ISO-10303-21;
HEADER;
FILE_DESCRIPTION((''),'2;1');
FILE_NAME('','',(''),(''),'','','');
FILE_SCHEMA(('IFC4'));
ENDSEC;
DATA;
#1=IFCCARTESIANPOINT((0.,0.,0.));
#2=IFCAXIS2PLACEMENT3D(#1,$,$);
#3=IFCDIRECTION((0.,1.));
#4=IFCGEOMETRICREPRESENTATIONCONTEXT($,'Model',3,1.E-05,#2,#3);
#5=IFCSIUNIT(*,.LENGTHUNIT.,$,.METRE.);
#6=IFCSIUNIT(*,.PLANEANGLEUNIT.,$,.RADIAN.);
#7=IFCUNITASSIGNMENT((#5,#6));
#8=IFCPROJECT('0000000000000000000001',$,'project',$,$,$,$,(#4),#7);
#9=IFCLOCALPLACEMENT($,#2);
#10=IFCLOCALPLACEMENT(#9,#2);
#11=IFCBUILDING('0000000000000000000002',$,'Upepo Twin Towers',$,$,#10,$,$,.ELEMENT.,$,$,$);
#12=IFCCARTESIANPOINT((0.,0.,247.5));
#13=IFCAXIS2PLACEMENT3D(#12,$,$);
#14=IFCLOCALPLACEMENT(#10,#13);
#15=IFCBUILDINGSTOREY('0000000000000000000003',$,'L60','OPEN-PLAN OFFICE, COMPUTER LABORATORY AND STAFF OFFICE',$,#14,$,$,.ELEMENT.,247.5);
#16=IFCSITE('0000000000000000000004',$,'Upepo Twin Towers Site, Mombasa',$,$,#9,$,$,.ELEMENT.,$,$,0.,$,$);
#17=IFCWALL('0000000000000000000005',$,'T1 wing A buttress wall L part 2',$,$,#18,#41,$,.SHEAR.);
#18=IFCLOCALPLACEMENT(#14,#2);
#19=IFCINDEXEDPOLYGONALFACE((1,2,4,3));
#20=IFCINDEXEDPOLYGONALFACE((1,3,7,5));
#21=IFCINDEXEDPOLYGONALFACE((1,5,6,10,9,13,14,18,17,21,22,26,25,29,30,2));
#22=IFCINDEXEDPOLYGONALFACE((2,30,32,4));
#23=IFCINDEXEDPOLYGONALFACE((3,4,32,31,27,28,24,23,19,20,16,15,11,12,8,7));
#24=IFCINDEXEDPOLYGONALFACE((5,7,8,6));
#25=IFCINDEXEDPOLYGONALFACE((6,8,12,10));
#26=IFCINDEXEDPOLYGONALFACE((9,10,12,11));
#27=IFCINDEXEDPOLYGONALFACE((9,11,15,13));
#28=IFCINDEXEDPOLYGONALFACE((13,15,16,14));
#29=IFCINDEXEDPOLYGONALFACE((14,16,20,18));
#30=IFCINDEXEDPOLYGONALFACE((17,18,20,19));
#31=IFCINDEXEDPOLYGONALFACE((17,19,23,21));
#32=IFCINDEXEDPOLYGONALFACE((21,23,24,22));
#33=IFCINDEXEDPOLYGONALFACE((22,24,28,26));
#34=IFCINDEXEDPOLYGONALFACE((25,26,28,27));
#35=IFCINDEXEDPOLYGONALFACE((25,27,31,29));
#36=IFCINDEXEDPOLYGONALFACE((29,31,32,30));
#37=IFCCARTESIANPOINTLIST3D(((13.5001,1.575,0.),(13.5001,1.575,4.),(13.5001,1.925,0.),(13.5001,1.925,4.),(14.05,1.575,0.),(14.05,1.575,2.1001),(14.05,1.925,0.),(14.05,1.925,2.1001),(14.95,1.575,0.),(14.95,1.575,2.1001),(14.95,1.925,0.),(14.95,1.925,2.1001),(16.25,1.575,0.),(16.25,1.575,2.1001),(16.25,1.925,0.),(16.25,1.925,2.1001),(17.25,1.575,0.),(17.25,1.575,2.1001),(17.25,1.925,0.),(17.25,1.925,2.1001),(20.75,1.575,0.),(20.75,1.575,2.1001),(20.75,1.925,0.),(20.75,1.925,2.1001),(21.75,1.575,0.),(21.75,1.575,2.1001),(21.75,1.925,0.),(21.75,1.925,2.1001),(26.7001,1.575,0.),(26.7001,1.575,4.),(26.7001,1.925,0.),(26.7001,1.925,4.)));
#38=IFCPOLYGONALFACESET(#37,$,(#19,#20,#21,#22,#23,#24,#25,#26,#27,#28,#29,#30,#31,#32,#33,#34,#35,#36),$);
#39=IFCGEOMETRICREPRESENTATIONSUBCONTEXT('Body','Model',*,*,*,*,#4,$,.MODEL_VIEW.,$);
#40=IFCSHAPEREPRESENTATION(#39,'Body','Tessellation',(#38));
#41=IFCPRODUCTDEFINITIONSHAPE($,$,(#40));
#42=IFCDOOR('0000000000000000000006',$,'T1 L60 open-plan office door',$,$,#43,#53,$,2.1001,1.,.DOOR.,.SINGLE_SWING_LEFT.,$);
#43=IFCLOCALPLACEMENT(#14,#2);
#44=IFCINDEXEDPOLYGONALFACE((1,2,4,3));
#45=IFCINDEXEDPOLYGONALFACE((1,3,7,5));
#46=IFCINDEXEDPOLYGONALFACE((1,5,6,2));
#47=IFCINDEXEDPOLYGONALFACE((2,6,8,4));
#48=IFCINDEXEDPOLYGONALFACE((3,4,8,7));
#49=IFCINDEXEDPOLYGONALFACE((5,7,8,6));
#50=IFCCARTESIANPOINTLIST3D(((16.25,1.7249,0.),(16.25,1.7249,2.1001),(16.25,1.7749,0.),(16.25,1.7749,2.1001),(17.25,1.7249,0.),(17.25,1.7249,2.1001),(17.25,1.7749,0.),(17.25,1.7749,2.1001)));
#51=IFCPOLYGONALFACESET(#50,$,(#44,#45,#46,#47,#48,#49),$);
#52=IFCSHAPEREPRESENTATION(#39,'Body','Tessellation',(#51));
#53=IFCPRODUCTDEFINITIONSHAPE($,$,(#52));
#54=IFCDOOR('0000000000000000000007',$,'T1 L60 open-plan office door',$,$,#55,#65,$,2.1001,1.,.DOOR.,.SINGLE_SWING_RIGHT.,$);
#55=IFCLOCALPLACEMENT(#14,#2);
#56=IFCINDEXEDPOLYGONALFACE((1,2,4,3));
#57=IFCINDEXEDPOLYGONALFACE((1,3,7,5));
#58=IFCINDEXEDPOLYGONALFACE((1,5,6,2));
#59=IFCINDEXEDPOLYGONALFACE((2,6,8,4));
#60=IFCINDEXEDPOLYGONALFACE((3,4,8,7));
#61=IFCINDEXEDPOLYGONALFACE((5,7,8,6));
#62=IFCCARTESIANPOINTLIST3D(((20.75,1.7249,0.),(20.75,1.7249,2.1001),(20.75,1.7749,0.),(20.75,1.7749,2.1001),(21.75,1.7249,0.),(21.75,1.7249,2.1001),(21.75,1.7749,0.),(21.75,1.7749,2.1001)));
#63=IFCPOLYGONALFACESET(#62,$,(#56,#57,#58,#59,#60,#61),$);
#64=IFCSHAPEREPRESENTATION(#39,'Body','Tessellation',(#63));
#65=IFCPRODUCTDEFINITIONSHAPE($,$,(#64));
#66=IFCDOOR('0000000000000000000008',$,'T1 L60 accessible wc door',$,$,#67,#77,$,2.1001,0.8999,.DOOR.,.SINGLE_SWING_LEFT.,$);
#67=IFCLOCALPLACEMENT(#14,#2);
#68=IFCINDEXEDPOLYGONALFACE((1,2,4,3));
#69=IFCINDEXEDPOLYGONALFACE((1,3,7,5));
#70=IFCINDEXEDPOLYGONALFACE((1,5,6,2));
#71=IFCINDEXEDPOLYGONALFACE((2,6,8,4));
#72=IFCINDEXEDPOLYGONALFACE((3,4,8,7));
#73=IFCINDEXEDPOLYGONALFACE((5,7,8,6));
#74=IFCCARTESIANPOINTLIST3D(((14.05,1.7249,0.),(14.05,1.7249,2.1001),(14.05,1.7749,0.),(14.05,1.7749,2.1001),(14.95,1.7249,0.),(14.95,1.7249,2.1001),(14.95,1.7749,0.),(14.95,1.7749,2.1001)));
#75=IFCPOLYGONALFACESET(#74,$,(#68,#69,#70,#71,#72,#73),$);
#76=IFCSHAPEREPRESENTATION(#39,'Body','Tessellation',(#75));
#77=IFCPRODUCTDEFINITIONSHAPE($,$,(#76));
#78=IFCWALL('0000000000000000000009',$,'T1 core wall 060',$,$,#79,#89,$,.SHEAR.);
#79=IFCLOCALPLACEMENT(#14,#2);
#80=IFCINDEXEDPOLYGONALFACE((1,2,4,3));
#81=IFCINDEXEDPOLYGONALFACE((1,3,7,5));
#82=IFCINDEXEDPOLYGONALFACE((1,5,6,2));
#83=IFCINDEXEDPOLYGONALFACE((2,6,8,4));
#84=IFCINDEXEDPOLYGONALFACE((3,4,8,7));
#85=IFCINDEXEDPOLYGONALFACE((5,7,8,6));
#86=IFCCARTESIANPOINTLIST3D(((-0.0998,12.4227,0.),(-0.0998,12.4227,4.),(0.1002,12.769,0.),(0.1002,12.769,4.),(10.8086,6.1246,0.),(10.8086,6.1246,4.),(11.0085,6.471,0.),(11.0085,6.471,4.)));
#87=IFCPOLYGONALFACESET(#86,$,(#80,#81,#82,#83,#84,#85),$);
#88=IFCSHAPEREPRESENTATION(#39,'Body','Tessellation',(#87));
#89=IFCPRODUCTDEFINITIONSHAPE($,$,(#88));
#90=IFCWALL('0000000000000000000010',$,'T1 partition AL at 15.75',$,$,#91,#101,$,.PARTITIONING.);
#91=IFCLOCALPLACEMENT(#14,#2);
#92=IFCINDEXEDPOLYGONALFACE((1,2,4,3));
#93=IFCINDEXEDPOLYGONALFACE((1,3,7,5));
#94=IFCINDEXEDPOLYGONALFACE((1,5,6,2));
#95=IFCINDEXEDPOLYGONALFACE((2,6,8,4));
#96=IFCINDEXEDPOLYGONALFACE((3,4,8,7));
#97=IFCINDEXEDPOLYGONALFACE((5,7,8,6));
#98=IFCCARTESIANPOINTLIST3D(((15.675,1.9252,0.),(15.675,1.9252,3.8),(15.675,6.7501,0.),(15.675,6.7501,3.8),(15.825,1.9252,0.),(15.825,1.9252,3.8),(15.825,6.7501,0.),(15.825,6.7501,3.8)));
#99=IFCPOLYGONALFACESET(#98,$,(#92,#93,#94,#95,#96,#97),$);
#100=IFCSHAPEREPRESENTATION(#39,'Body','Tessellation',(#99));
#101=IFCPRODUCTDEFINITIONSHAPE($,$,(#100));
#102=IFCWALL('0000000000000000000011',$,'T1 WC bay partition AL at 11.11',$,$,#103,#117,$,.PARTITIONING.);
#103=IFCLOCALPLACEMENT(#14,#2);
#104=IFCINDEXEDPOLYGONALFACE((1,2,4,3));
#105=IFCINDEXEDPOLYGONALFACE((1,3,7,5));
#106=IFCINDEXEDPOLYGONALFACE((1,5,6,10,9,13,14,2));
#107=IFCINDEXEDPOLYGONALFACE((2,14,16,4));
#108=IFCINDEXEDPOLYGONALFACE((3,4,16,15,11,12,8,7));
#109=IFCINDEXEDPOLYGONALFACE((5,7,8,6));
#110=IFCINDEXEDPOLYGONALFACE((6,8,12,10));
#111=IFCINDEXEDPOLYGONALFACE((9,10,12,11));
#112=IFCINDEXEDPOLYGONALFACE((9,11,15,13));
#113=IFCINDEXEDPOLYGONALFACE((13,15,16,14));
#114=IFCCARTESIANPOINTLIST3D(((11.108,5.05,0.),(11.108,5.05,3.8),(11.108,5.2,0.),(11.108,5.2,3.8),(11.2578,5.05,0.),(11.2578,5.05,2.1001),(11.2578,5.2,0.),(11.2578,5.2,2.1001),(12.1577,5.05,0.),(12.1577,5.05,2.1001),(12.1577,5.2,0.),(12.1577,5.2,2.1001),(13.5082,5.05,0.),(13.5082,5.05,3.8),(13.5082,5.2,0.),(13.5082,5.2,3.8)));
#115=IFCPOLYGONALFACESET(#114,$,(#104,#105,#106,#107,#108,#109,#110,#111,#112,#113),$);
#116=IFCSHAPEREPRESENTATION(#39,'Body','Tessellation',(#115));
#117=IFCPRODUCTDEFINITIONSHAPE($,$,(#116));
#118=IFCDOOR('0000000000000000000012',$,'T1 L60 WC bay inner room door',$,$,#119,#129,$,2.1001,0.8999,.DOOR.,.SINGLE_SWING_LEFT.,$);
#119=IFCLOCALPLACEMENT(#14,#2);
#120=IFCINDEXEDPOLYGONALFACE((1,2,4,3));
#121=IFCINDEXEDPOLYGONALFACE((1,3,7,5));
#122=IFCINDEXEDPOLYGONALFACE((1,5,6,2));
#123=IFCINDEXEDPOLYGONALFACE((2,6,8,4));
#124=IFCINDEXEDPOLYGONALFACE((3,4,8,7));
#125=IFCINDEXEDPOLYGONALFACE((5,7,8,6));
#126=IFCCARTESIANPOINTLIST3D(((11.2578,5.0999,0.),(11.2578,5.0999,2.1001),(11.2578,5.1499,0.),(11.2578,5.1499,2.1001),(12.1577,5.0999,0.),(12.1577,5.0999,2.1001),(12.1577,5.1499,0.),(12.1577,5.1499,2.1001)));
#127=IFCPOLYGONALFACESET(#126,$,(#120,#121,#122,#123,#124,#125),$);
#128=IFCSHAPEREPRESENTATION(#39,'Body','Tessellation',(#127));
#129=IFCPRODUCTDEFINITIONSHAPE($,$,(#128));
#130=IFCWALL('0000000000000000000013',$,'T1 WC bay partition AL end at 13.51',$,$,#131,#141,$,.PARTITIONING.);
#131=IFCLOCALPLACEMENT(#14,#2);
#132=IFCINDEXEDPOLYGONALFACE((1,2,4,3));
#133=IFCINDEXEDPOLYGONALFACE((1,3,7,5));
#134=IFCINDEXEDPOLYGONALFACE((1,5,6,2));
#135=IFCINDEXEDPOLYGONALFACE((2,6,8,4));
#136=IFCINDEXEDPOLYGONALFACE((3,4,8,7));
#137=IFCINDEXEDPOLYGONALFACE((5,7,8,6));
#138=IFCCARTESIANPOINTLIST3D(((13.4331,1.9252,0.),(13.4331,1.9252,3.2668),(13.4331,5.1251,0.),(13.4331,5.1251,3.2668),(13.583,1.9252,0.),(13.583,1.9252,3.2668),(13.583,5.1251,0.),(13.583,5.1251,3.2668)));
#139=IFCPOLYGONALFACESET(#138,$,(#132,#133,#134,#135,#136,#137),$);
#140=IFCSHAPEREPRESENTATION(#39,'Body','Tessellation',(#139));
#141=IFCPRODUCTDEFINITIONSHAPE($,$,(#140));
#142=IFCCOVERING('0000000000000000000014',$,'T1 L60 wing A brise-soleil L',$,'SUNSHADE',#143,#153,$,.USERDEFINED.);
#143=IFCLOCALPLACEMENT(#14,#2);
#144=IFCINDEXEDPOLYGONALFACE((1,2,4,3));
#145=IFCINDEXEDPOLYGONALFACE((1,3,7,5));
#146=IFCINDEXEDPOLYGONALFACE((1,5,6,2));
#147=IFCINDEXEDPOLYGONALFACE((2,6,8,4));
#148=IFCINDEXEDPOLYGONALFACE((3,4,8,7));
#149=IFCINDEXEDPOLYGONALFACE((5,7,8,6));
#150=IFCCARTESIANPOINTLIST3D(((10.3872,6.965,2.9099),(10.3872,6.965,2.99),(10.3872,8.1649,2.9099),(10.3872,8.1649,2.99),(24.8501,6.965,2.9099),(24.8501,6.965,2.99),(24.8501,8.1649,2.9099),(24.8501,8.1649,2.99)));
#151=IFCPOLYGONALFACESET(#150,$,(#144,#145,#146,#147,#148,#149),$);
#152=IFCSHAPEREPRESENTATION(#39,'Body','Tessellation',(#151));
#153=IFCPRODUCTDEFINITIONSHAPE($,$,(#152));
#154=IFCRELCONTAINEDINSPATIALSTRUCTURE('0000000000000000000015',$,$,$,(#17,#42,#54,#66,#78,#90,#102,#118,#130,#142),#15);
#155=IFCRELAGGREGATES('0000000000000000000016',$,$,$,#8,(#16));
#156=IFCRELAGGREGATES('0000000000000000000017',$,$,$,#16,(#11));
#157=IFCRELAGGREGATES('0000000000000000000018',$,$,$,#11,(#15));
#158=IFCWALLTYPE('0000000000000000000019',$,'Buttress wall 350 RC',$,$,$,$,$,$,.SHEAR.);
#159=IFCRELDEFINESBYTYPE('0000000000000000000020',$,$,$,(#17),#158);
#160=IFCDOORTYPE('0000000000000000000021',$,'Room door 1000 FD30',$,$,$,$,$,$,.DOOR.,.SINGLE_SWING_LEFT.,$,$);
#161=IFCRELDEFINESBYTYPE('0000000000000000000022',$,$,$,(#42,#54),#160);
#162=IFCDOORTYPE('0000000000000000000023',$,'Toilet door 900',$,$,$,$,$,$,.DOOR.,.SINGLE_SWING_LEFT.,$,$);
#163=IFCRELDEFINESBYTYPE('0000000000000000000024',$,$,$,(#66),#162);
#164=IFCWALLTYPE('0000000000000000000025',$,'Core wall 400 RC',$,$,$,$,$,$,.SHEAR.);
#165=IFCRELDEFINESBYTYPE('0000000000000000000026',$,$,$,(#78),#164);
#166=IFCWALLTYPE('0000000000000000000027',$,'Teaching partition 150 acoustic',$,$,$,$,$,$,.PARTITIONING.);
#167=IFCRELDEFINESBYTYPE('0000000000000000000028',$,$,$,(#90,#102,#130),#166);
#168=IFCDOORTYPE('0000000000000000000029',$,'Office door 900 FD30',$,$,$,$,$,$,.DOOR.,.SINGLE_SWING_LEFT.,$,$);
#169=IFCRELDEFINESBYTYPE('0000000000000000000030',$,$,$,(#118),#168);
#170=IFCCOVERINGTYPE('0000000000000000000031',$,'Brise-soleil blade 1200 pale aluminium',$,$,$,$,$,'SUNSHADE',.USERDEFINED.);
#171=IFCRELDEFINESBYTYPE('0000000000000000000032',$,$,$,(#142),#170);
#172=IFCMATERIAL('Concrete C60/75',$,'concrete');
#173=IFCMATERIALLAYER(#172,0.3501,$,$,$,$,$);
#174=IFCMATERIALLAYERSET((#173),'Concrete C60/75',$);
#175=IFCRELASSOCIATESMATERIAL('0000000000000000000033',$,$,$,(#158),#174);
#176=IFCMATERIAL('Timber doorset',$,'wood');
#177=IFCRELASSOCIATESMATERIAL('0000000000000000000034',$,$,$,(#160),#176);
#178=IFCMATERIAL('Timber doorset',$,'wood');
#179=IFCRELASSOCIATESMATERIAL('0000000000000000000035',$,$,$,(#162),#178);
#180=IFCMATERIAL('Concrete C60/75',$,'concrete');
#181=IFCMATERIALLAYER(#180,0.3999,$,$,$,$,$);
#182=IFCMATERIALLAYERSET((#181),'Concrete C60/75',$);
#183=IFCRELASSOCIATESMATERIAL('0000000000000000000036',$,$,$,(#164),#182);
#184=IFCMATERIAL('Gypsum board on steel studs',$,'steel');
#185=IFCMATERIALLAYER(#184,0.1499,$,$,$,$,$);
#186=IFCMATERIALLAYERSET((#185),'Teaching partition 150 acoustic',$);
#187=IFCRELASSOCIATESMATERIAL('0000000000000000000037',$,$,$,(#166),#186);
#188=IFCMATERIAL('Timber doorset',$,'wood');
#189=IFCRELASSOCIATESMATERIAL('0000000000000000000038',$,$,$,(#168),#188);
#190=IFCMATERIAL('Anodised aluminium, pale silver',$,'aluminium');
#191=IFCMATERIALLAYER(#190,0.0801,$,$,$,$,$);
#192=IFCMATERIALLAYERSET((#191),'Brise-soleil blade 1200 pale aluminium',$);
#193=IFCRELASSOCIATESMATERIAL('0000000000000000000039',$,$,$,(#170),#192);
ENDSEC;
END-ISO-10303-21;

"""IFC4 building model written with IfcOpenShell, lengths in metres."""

from ifc_helpers import new_model, si_unit, direction, frame, frame_2d, origin, origin_2d, place, context, subcontext, project, spatial, rectangle, extrude, material, layer, layer_set, type_object, element, fill, save


model = new_model("IFC4")

# Units and contexts
model_context = context("Model", 3, precision=1e-05, world=origin(), true_north=direction((0.0, 1.0)))
body_context = subcontext(model_context, "Body", "Model", "MODEL_VIEW")
ifc_project = project(units=[si_unit("LENGTHUNIT", "METRE"), si_unit("PLANEANGLEUNIT", "RADIAN")], contexts=[model_context])

# Site, building, storey
site_placement = place(None, origin())
site = spatial("IfcSite", under=ifc_project, at=site_placement, Name="Upepo Twin Towers Site, Mombasa", CompositionType="ELEMENT", RefElevation=0.0)
building_placement = place(site_placement, origin())
building = spatial("IfcBuilding", under=site, at=building_placement, Name="Upepo Twin Towers", CompositionType="ELEMENT")
storey_placement = place(building_placement, frame((0.0, 0.0, 247.5)))
storey = spatial("IfcBuildingStorey", under=building, at=storey_placement, Name="L60", Description="OPEN-PLAN OFFICE, COMPUTER LABORATORY AND STAFF OFFICE", CompositionType="ELEMENT", Elevation=247.5)

# Shared definitions
ifc_material_1 = material(Name="Concrete C60/75", Category="concrete")
ifc_layer_1 = layer(ifc_material_1, 0.3501)
ifc_layer_set_1 = layer_set([ifc_layer_1], Name="Concrete C60/75")
wall_type_1 = type_object("IfcWallType", Name="Buttress wall 350 RC", PredefinedType="SHEAR", material=ifc_layer_set_1)

# Wall, openings, doors
wall_1_placement = place(storey_placement, frame((13.5, 1.75, 0.0), z_axis=(0.0, 0.0, 1.0), x_axis=(1.0, 0.0, 0.0)))
wall_1 = element("IfcWall", 1, at=wall_1_placement, inside=storey, type_object=wall_type_1, Name="T1 wing A buttress wall L part 2", PredefinedType="SHEAR", context=body_context, shape_type="SweptSolid", body=[
    extrude(rectangle(XDim=13.2, YDim=0.3501, at=frame_2d((6.6001, 0.0))), origin(), (0.0, 0.0, 1.0), 4.0),
])
opening_1_placement = place(wall_1_placement, frame((0.55, 0.0, 0.0)))
opening_1 = element("IfcOpeningElement", 2, at=opening_1_placement, cuts=wall_1, PredefinedType="OPENING", context=body_context, shape_type="SweptSolid", body=[
    extrude(rectangle(XDim=0.8999, YDim=2.1001, at=frame_2d((0.45, 1.05))), frame((0.0, 0.1851, 0.0), z_axis=(0.0, -1.0, 0.0), x_axis=(1.0, 0.0, 0.0)), (0.0, 0.0, 1.0), 0.3701),
])
opening_2_placement = place(wall_1_placement, frame((2.75, 0.0, 0.0)))
opening_2 = element("IfcOpeningElement", 3, at=opening_2_placement, cuts=wall_1, PredefinedType="OPENING", context=body_context, shape_type="SweptSolid", body=[
    extrude(rectangle(XDim=1.0, YDim=2.1001, at=frame_2d((0.5, 1.05))), frame((0.0, 0.1851, 0.0), z_axis=(0.0, -1.0, 0.0), x_axis=(1.0, 0.0, 0.0)), (0.0, 0.0, 1.0), 0.3701),
])
opening_3_placement = place(wall_1_placement, frame((7.25, 0.0, 0.0)))
opening_3 = element("IfcOpeningElement", 4, at=opening_3_placement, cuts=wall_1, PredefinedType="OPENING", context=body_context, shape_type="SweptSolid", body=[
    extrude(rectangle(XDim=1.0, YDim=2.1001, at=frame_2d((0.5, 1.05))), frame((0.0, 0.1851, 0.0), z_axis=(0.0, -1.0, 0.0), x_axis=(1.0, 0.0, 0.0)), (0.0, 0.0, 1.0), 0.3701),
])
ifc_material_2 = material(Name="Timber doorset", Category="wood")
door_type_1 = type_object("IfcDoorType", Name="Room door 1000 FD30", OperationType="SINGLE_SWING_LEFT", PredefinedType="DOOR", material=ifc_material_2)
door_1_placement = place(opening_2_placement, origin())
door_1 = element("IfcDoor", 5, at=door_1_placement, inside=storey, type_object=door_type_1, Name="T1 L60 open-plan office door", OperationType="SINGLE_SWING_LEFT", OverallHeight=2.1001, OverallWidth=1.0, PredefinedType="DOOR", context=body_context, shape_type="SweptSolid", body=[
    extrude(rectangle(XDim=1.0, YDim=2.1001, at=frame_2d((0.5, 1.05))), frame((0.0, 0.0249, 0.0), z_axis=(0.0, -1.0, 0.0), x_axis=(1.0, 0.0, 0.0)), (0.0, 0.0, 1.0), 0.05),
])
fill(opening_2, door_1)
door_2_placement = place(opening_3_placement, origin())
door_2 = element("IfcDoor", 6, at=door_2_placement, inside=storey, type_object=door_type_1, Name="T1 L60 open-plan office door", OperationType="SINGLE_SWING_RIGHT", OverallHeight=2.1001, OverallWidth=1.0, PredefinedType="DOOR", context=body_context, shape_type="SweptSolid", body=[
    extrude(rectangle(XDim=1.0, YDim=2.1001, at=frame_2d((0.5, 1.05))), frame((0.0, 0.0249, 0.0), z_axis=(0.0, -1.0, 0.0), x_axis=(1.0, 0.0, 0.0)), (0.0, 0.0, 1.0), 0.05),
])
fill(opening_3, door_2)
ifc_material_3 = material(Name="Timber doorset", Category="wood")
door_type_2 = type_object("IfcDoorType", Name="Toilet door 900", OperationType="SINGLE_SWING_LEFT", PredefinedType="DOOR", material=ifc_material_3)
door_3_placement = place(opening_1_placement, origin())
door_3 = element("IfcDoor", 7, at=door_3_placement, inside=storey, type_object=door_type_2, Name="T1 L60 accessible wc door", OperationType="SINGLE_SWING_LEFT", OverallHeight=2.1001, OverallWidth=0.8999, PredefinedType="DOOR", context=body_context, shape_type="SweptSolid", body=[
    extrude(rectangle(XDim=0.8999, YDim=2.1001, at=frame_2d((0.45, 1.05))), frame((0.0, 0.0249, 0.0), z_axis=(0.0, -1.0, 0.0), x_axis=(1.0, 0.0, 0.0)), (0.0, 0.0, 1.0), 0.05),
])
fill(opening_1, door_3)

# Walls
ifc_material_4 = material(Name="Concrete C60/75", Category="concrete")
ifc_layer_2 = layer(ifc_material_4, 0.3999)
ifc_layer_set_2 = layer_set([ifc_layer_2], Name="Concrete C60/75")
wall_type_2 = type_object("IfcWallType", Name="Core wall 400 RC", PredefinedType="SHEAR", material=ifc_layer_set_2)
wall_2_placement = place(storey_placement, frame((10.9084, 6.2979, 0.0), z_axis=(0.0, 0.0, 1.0), x_axis=(-0.866022, 0.500006, 0.0)))
element("IfcWall", 8, at=wall_2_placement, inside=storey, type_object=wall_type_2, Name="T1 core wall 060", PredefinedType="SHEAR", context=body_context, shape_type="SweptSolid", body=[
    extrude(rectangle(XDim=12.5959, YDim=0.3999, at=frame_2d((6.2979, 0.0))), origin(), (0.0, 0.0, 1.0), 4.0),
])
ifc_material_5 = material(Name="Gypsum board on steel studs", Category="steel")
ifc_layer_3 = layer(ifc_material_5, 0.1499)
ifc_layer_set_3 = layer_set([ifc_layer_3], Name="Teaching partition 150 acoustic")
wall_type_3 = type_object("IfcWallType", Name="Teaching partition 150 acoustic", PredefinedType="PARTITIONING", material=ifc_layer_set_3)
wall_3_placement = place(storey_placement, frame((15.75, 1.925, 0.0), z_axis=(0.0, 0.0, 1.0), x_axis=(0.0, 1.0, 0.0)))
element("IfcWall", 9, at=wall_3_placement, inside=storey, type_object=wall_type_3, Name="T1 partition AL at 15.75", PredefinedType="PARTITIONING", context=body_context, shape_type="SweptSolid", body=[
    extrude(rectangle(XDim=4.825, YDim=0.1499, at=frame_2d((2.4126, 0.0))), origin(), (0.0, 0.0, 1.0), 3.8),
])

# Wall, opening, door
wall_4_placement = place(storey_placement, frame((11.1079, 5.125, 0.0), z_axis=(0.0, 0.0, 1.0), x_axis=(1.0, 0.0, 0.0)))
wall_4 = element("IfcWall", 10, at=wall_4_placement, inside=storey, type_object=wall_type_3, Name="T1 WC bay partition AL at 11.11", PredefinedType="PARTITIONING", context=body_context, shape_type="SweptSolid", body=[
    extrude(rectangle(XDim=2.4001, YDim=0.1499, at=frame_2d((1.2002, 0.0))), origin(), (0.0, 0.0, 1.0), 3.8),
])
opening_4_placement = place(wall_4_placement, frame((0.1499, 0.0, 0.0)))
opening_4 = element("IfcOpeningElement", 11, at=opening_4_placement, cuts=wall_4, PredefinedType="OPENING", context=body_context, shape_type="SweptSolid", body=[
    extrude(rectangle(XDim=0.8999, YDim=2.1001, at=frame_2d((0.45, 1.05))), frame((0.0, 0.085, 0.0), z_axis=(0.0, -1.0, 0.0), x_axis=(1.0, 0.0, 0.0)), (0.0, 0.0, 1.0), 0.1699),
])
ifc_material_6 = material(Name="Timber doorset", Category="wood")
door_type_3 = type_object("IfcDoorType", Name="Office door 900 FD30", OperationType="SINGLE_SWING_LEFT", PredefinedType="DOOR", material=ifc_material_6)
door_4_placement = place(opening_4_placement, origin())
door_4 = element("IfcDoor", 12, at=door_4_placement, inside=storey, type_object=door_type_3, Name="T1 L60 WC bay inner room door", OperationType="SINGLE_SWING_LEFT", OverallHeight=2.1001, OverallWidth=0.8999, PredefinedType="DOOR", context=body_context, shape_type="SweptSolid", body=[
    extrude(rectangle(XDim=0.8999, YDim=2.1001, at=frame_2d((0.45, 1.05))), frame((0.0, 0.0249, 0.0), z_axis=(0.0, -1.0, 0.0), x_axis=(1.0, 0.0, 0.0)), (0.0, 0.0, 1.0), 0.05),
])
fill(opening_4, door_4)

# Wall
wall_5_placement = place(storey_placement, frame((13.5081, 1.925, 0.0), z_axis=(0.0, 0.0, 1.0), x_axis=(0.0, 1.0, 0.0)))
element("IfcWall", 13, at=wall_5_placement, inside=storey, type_object=wall_type_3, Name="T1 WC bay partition AL end at 13.51", PredefinedType="PARTITIONING", context=body_context, shape_type="SweptSolid", body=[
    extrude(rectangle(XDim=3.2, YDim=0.1499, at=frame_2d((1.6001, 0.0))), origin(), (0.0, 0.0, 1.0), 3.2668),
])

# Covering
ifc_material_7 = material(Name="Anodised aluminium, pale silver", Category="aluminium")
ifc_layer_4 = layer(ifc_material_7, 0.0801)
ifc_layer_set_4 = layer_set([ifc_layer_4], Name="Brise-soleil blade 1200 pale aluminium")
covering_type = type_object("IfcCoveringType", Name="Brise-soleil blade 1200 pale aluminium", ElementType="SUNSHADE", PredefinedType="USERDEFINED", material=ifc_layer_set_4)
covering_placement = place(storey_placement, frame((17.6187, 7.5649, 2.9099), z_axis=(0.0, 0.0, 1.0), x_axis=(1.0, 0.0, 0.0)))
element("IfcCovering", 14, at=covering_placement, inside=storey, type_object=covering_type, Name="T1 L60 wing A brise-soleil L", ObjectType="SUNSHADE", PredefinedType="USERDEFINED", context=body_context, shape_type="SweptSolid", body=[
    extrude(rectangle(XDim=14.4629, YDim=1.2, at=origin_2d()), origin(), (0.0, 0.0, 1.0), 0.0801),
])

save(model, "model.ifc")
